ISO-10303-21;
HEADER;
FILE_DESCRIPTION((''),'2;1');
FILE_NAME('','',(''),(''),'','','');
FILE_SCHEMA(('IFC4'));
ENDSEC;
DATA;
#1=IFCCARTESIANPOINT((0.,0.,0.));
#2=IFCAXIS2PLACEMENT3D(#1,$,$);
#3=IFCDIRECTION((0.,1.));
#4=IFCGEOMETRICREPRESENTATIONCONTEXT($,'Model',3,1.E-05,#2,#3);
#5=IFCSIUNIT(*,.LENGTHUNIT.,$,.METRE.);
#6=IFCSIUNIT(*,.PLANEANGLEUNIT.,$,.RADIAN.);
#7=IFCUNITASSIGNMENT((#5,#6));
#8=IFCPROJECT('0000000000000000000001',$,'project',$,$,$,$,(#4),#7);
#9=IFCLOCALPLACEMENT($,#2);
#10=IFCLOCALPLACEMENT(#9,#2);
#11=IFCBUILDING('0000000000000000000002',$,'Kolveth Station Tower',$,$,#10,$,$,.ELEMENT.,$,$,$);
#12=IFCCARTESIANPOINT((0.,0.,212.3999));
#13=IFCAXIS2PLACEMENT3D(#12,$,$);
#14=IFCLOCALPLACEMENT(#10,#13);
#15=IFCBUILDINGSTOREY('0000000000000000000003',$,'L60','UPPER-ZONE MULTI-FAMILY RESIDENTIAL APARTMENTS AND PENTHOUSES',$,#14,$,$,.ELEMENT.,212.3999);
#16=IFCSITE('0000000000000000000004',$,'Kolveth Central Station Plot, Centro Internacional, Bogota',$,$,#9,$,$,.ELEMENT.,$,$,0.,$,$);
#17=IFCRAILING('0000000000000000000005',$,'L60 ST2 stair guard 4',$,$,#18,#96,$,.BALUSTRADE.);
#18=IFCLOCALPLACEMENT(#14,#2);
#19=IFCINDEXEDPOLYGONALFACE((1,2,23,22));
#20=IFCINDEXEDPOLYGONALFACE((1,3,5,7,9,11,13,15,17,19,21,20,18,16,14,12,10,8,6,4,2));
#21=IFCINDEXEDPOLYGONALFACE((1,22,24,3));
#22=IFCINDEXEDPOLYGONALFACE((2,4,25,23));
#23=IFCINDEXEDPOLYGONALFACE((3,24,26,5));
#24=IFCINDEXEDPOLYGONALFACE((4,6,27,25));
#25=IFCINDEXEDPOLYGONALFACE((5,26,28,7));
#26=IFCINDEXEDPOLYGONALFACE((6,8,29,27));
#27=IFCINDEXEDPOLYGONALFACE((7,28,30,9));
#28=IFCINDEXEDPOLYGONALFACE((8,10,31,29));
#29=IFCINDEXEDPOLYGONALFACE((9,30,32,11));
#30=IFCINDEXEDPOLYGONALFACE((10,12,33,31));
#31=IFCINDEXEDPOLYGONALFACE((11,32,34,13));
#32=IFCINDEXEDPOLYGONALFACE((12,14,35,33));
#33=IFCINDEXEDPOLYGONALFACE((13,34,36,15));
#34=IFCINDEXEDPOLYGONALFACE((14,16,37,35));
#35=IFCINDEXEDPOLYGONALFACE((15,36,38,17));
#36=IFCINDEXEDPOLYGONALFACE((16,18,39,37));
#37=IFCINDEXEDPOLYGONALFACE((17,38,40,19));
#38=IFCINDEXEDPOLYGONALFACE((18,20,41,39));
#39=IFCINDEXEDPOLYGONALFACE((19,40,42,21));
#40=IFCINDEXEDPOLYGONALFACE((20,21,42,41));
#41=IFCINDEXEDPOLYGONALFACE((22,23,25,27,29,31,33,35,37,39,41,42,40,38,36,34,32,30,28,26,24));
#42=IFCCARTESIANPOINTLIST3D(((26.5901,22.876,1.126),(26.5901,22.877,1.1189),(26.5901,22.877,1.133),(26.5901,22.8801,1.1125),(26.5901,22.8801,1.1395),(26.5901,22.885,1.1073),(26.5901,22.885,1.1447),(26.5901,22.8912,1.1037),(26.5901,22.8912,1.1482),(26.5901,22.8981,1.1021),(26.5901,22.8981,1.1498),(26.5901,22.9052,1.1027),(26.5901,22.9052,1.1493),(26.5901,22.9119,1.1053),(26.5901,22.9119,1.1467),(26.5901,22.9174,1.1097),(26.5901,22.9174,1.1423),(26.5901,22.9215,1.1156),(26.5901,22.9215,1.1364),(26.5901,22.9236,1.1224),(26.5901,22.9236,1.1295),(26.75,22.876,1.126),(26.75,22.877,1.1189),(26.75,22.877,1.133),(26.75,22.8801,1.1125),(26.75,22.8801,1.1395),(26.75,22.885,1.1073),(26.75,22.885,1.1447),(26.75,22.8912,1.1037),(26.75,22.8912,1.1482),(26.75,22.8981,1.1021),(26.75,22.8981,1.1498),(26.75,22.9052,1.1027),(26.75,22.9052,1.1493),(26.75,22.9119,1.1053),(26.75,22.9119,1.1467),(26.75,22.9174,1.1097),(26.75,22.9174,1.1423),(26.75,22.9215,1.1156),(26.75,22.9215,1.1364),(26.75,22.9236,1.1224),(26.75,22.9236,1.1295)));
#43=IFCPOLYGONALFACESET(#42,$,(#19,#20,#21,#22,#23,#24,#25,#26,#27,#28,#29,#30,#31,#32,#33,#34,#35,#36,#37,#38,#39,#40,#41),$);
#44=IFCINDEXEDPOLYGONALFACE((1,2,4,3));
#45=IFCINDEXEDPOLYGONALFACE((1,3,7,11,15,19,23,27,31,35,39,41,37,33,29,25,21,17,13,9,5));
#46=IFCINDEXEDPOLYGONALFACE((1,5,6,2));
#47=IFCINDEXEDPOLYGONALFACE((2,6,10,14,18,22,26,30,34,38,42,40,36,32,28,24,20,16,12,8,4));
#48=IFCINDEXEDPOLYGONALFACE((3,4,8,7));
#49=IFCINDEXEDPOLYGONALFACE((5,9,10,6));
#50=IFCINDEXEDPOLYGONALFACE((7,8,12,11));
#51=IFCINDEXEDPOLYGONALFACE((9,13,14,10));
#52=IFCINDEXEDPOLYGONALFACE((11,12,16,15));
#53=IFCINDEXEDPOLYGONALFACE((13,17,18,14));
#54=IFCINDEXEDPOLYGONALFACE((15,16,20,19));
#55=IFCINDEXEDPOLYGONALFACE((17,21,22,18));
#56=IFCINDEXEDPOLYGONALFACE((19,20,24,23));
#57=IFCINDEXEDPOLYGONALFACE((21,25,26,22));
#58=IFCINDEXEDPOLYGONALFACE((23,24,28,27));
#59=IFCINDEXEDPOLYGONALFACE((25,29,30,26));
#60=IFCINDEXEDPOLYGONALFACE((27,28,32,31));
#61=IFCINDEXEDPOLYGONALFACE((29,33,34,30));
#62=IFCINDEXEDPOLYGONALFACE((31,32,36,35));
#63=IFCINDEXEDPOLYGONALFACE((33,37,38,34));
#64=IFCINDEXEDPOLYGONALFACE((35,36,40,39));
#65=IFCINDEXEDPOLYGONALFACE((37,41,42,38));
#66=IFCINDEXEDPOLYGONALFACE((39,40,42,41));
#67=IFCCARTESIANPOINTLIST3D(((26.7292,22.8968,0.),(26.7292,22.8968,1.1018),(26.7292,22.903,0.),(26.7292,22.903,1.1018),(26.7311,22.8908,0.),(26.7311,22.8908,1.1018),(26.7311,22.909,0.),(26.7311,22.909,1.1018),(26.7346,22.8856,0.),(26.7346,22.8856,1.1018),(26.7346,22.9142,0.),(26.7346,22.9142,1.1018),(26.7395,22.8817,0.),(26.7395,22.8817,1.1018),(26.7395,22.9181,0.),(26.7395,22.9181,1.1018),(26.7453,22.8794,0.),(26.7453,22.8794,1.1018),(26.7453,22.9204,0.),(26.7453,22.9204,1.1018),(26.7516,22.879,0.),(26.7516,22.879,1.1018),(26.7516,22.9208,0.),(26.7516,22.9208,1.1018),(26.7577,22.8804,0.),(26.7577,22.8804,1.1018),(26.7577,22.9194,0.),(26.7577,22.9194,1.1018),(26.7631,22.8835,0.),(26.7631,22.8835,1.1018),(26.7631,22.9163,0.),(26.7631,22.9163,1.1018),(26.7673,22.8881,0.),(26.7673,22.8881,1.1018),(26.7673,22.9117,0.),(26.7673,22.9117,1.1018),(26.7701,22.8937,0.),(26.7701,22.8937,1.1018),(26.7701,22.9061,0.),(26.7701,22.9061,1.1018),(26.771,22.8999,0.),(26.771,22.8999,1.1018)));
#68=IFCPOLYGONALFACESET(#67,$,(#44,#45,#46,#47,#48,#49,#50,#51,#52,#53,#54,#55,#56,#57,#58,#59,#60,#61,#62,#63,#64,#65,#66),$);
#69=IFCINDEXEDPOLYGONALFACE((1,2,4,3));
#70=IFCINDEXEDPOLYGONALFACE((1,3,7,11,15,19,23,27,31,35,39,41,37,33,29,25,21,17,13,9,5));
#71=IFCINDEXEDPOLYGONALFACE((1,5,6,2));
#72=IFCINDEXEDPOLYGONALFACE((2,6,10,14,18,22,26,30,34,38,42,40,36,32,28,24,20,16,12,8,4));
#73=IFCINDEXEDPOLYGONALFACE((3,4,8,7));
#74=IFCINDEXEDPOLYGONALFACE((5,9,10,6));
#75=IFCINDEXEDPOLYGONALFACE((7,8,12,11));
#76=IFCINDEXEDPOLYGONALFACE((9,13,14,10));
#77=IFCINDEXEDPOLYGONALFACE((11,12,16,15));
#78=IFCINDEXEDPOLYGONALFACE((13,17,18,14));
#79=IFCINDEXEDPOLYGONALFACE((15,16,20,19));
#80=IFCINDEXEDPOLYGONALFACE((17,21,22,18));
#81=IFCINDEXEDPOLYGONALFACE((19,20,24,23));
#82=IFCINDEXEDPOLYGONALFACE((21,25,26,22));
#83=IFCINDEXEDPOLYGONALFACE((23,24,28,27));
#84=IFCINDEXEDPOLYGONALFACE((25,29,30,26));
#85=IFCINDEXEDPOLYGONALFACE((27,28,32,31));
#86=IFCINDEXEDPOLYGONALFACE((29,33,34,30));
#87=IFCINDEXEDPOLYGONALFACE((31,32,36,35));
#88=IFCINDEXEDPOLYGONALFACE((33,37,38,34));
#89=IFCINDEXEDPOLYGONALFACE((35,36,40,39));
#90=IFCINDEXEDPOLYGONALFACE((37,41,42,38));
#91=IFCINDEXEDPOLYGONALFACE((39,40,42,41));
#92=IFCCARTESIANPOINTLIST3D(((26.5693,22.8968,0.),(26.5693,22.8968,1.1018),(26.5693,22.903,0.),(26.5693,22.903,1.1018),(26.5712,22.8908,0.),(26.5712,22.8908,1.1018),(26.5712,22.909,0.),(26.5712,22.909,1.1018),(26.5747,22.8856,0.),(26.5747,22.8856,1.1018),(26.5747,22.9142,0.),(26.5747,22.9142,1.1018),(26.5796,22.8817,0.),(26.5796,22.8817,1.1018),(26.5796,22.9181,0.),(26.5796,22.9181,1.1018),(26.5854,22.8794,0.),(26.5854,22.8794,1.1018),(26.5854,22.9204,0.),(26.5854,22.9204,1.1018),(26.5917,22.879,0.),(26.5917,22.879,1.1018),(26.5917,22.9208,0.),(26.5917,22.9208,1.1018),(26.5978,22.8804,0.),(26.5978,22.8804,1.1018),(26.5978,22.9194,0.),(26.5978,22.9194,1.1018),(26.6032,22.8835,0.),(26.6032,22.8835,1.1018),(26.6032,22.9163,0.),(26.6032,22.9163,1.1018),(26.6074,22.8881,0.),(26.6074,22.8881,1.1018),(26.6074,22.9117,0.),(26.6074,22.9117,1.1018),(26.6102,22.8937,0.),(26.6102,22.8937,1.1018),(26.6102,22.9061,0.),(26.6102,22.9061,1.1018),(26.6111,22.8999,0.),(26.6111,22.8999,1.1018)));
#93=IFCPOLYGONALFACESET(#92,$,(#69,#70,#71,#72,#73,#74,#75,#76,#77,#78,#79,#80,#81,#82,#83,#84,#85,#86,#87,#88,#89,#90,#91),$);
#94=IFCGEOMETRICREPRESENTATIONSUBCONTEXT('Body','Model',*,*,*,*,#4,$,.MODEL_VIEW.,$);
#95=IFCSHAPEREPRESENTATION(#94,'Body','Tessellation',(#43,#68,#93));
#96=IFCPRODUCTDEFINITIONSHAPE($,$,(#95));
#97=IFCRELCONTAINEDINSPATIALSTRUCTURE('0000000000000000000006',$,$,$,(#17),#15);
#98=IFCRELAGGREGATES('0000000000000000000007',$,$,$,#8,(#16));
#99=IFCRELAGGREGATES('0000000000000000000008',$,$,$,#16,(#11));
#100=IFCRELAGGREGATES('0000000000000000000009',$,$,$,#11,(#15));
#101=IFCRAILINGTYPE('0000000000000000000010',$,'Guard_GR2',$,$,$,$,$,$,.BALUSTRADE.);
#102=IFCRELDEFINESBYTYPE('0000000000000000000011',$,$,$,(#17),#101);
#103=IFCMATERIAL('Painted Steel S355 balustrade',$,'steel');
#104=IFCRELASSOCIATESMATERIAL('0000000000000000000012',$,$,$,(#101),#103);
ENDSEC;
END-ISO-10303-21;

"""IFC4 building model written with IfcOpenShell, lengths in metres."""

from ifc_helpers import new_model, si_unit, direction, frame, origin, origin_2d, place, context, subcontext, project, spatial, circle, extrude, material, type_object, element, save


model = new_model("IFC4")

# Units and contexts
model_context = context("Model", 3, precision=1e-05, world=origin(), true_north=direction((0.0, 1.0)))
body_context = subcontext(model_context, "Body", "Model", "MODEL_VIEW")
ifc_project = project(units=[si_unit("LENGTHUNIT", "METRE"), si_unit("PLANEANGLEUNIT", "RADIAN")], contexts=[model_context])

# Site, building, storey
site_placement = place(None, origin())
site = spatial("IfcSite", under=ifc_project, at=site_placement, Name="Kolveth Central Station Plot, Centro Internacional, Bogota", CompositionType="ELEMENT", RefElevation=0.0)
building_placement = place(site_placement, origin())
building = spatial("IfcBuilding", under=site, at=building_placement, Name="Kolveth Station Tower", CompositionType="ELEMENT")
storey_placement = place(building_placement, frame((0.0, 0.0, 212.3999)))
storey = spatial("IfcBuildingStorey", under=building, at=storey_placement, Name="L60", Description="UPPER-ZONE MULTI-FAMILY RESIDENTIAL APARTMENTS AND PENTHOUSES", CompositionType="ELEMENT", Elevation=212.3999)

# Railing
ifc_material_1 = material(Name="Painted Steel S355 balustrade", Category="steel")
railing_type_1 = type_object("IfcRailingType", Name="Guard_GR2", PredefinedType="BALUSTRADE", material=ifc_material_1)
railing_1_placement = place(storey_placement, frame((26.75, 22.8999, 0.0)))
element("IfcRailing", 1, at=railing_1_placement, inside=storey, type_object=railing_type_1, Name="L60 ST2 stair guard 4", PredefinedType="BALUSTRADE", context=body_context, shape_type="SweptSolid", body=[
    extrude(circle(Radius=0.0239, at=origin_2d()), frame((0.0, 0.0, 1.126), z_axis=(-1.0, 0.0, 0.0), x_axis=(0.0, -1.0, 0.0)), (0.0, 0.0, 1.0), 0.1599),
    extrude(circle(Radius=0.021, at=origin_2d()), origin(), (0.0, 0.0, 1.0), 1.1018),
    extrude(circle(Radius=0.021, at=origin_2d()), frame((-0.1599, 0.0, 0.0)), (0.0, 0.0, 1.0), 1.1018),
])

save(model, "model.ifc")
